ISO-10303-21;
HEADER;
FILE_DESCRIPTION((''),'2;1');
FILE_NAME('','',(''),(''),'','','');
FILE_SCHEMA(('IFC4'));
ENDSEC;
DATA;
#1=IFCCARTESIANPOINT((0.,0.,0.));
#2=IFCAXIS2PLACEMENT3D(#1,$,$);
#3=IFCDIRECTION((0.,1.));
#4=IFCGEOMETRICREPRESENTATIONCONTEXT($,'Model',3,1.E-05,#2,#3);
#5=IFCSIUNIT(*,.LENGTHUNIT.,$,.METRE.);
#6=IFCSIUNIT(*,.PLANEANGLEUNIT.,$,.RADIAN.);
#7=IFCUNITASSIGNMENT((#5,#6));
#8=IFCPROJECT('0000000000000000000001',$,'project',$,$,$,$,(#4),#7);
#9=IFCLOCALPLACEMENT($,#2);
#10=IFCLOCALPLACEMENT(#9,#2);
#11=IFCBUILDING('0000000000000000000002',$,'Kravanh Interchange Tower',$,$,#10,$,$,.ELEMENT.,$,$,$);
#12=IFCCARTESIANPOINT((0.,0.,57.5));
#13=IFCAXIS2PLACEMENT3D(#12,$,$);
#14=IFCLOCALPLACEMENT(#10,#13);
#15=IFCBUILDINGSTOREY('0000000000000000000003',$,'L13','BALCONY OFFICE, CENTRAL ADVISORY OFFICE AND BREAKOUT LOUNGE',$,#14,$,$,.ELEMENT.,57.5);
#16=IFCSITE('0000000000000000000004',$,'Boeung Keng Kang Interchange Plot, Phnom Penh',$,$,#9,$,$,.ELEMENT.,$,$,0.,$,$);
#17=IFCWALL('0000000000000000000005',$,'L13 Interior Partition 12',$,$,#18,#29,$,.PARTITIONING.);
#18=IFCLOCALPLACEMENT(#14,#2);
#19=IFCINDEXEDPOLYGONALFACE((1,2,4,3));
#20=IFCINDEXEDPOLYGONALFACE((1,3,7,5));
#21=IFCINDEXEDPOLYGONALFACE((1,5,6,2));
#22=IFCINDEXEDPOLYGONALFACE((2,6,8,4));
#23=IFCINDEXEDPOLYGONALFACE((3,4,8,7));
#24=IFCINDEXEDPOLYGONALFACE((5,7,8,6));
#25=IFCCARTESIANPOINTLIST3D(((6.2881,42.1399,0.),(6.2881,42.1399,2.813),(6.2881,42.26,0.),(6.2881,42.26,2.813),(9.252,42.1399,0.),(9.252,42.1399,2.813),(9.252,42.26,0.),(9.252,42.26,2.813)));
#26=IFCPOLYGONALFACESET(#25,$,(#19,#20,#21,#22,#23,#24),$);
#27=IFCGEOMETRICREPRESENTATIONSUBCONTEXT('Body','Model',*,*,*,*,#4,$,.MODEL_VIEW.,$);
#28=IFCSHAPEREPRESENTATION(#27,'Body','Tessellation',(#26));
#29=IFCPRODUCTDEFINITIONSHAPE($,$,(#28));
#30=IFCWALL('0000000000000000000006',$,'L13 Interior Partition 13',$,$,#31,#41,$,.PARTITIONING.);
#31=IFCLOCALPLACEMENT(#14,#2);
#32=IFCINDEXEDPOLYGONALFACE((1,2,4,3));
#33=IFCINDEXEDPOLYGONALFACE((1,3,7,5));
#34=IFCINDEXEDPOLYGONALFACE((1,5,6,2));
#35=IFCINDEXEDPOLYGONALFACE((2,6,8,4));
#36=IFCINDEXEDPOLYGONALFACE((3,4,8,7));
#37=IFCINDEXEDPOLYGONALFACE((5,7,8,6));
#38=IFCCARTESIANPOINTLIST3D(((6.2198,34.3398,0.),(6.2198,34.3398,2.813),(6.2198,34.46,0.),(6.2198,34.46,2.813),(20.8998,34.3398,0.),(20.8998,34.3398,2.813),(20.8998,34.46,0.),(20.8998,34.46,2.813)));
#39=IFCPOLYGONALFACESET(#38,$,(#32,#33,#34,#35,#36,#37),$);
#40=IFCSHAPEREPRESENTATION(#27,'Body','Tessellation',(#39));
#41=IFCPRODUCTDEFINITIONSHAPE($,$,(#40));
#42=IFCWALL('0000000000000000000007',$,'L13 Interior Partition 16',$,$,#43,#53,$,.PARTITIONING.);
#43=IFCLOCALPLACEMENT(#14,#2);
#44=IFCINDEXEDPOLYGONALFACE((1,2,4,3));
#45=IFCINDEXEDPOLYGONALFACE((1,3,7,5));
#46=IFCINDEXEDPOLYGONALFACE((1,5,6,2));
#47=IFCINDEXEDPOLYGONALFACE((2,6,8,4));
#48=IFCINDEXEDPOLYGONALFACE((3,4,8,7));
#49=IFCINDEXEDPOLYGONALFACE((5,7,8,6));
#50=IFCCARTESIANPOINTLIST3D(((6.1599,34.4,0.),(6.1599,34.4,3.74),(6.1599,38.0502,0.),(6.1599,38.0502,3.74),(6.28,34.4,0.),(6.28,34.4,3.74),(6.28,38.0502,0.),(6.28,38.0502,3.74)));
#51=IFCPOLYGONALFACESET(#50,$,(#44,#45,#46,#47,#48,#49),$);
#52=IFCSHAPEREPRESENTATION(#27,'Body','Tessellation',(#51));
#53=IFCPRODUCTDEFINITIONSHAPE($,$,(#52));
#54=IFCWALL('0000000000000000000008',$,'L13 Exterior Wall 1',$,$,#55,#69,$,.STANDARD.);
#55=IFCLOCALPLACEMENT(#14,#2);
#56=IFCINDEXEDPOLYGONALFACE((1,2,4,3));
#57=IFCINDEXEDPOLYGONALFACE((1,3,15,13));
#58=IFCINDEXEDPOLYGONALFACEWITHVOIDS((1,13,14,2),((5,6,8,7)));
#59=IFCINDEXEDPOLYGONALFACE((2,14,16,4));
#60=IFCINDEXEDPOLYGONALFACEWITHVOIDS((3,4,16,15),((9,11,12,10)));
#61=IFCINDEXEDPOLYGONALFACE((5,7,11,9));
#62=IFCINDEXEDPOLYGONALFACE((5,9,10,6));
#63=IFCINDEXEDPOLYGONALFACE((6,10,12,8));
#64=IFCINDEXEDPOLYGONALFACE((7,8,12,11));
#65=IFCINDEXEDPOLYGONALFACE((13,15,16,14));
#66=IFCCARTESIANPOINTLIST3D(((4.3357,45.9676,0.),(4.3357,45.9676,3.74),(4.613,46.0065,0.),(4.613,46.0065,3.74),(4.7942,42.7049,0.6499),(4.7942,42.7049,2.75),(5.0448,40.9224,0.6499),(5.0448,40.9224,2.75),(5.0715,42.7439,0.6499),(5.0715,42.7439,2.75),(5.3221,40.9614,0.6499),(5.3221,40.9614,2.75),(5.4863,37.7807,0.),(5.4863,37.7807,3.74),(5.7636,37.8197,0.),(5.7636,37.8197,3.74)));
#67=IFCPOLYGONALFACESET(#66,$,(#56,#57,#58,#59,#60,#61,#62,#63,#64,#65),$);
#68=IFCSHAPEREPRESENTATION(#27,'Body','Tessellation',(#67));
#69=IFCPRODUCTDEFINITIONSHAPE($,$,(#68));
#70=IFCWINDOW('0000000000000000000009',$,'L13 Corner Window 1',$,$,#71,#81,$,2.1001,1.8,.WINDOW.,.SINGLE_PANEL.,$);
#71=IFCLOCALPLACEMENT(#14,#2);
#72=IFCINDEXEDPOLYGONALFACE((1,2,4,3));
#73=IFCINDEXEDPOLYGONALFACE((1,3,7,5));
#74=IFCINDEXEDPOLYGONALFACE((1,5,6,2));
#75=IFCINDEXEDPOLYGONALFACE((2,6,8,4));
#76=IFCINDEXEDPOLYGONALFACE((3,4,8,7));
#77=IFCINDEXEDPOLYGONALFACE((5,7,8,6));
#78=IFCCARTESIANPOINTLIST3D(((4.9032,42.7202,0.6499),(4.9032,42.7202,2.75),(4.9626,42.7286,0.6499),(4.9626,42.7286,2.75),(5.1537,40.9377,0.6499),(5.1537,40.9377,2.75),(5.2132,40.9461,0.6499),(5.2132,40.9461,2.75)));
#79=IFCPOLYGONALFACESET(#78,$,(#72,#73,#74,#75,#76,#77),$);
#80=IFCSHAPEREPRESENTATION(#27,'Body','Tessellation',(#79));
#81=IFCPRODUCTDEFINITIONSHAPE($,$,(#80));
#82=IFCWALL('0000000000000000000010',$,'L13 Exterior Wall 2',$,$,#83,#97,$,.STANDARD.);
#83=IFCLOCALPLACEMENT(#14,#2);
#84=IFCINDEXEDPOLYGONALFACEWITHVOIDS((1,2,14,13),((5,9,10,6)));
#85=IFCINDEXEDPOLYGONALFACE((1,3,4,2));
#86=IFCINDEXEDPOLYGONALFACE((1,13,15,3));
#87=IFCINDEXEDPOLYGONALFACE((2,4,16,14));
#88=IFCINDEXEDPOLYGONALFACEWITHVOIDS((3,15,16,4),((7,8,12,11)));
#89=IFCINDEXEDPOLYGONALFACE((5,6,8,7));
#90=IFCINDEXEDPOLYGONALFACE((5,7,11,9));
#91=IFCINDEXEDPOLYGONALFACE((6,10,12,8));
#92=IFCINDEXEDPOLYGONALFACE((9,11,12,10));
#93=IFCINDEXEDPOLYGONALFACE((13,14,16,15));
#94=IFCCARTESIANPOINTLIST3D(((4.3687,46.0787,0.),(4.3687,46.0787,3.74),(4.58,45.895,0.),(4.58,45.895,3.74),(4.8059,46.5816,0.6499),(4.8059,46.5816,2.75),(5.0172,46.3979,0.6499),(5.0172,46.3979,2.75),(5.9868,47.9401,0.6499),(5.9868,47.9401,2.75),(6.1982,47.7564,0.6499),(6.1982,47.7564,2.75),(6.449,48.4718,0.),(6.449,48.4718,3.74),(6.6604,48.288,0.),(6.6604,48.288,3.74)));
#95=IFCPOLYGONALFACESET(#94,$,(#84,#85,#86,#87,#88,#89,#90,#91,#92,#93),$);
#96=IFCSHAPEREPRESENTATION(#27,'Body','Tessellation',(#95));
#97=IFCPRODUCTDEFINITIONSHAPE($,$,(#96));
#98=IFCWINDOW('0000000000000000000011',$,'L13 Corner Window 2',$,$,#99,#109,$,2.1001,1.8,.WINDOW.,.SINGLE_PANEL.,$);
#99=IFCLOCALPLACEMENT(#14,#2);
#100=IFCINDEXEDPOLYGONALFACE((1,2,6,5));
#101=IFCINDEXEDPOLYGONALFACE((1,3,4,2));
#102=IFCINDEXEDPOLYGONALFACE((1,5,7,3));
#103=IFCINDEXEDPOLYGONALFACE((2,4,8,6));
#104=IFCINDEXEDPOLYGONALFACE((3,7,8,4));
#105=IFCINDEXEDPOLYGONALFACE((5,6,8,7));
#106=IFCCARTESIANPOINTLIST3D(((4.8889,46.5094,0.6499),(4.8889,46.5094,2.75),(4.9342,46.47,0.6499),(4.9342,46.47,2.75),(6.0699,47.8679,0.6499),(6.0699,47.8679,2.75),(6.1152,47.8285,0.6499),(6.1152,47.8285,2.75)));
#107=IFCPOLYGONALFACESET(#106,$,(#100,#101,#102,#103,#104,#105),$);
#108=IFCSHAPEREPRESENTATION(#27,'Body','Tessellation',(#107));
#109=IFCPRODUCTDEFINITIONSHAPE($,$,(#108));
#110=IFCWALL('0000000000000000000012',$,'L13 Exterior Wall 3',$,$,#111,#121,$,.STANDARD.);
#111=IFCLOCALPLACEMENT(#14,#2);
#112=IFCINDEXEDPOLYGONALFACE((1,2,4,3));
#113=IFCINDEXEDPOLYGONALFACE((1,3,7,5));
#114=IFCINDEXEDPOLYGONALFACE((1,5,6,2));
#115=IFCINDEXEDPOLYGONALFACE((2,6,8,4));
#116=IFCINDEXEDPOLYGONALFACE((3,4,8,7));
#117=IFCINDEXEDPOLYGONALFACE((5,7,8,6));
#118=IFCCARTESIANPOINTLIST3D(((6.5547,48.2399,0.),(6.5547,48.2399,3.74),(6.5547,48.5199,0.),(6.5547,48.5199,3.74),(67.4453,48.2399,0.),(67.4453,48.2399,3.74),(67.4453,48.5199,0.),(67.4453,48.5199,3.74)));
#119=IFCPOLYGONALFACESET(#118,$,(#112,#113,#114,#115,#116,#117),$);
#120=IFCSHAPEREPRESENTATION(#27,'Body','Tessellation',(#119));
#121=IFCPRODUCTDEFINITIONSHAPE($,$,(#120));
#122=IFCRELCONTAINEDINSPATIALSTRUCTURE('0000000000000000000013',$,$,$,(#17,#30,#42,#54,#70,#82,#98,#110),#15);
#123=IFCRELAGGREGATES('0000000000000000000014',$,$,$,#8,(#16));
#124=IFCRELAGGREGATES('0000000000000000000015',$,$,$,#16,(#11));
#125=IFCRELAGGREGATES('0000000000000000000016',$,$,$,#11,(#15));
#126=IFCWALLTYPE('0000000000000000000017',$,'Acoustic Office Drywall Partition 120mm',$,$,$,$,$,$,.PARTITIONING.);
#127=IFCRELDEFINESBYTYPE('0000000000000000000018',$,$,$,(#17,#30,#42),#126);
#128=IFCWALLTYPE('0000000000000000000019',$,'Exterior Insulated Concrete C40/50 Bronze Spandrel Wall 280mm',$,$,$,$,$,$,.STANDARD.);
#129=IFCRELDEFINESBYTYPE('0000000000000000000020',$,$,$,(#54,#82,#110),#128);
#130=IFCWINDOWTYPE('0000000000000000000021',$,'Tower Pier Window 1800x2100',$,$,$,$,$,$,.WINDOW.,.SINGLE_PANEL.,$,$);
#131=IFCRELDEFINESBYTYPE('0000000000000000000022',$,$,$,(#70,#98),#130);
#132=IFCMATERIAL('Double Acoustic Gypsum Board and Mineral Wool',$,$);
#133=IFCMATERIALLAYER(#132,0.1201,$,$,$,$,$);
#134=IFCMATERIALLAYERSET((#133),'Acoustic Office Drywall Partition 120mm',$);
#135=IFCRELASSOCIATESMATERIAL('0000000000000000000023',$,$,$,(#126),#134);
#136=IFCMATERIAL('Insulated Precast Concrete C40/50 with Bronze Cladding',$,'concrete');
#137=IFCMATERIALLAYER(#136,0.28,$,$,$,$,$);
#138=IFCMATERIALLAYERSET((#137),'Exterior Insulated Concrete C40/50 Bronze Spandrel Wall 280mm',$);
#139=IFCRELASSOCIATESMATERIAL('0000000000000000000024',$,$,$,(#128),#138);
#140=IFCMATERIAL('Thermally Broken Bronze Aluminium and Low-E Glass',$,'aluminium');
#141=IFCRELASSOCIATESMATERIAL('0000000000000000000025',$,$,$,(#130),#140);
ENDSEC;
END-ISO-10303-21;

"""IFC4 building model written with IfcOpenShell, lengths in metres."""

from ifc_helpers import new_model, si_unit, direction, frame, frame_2d, origin, place, context, subcontext, project, spatial, rectangle, extrude, material, layer, layer_set, type_object, element, fill, save


model = new_model("IFC4")

# Units and contexts
model_context = context("Model", 3, precision=1e-05, world=origin(), true_north=direction((0.0, 1.0)))
body_context = subcontext(model_context, "Body", "Model", "MODEL_VIEW")
ifc_project = project(units=[si_unit("LENGTHUNIT", "METRE"), si_unit("PLANEANGLEUNIT", "RADIAN")], contexts=[model_context])

# Site, building, storey
site_placement = place(None, origin())
site = spatial("IfcSite", under=ifc_project, at=site_placement, Name="Boeung Keng Kang Interchange Plot, Phnom Penh", CompositionType="ELEMENT", RefElevation=0.0)
building_placement = place(site_placement, origin())
building = spatial("IfcBuilding", under=site, at=building_placement, Name="Kravanh Interchange Tower", CompositionType="ELEMENT")
storey_placement = place(building_placement, frame((0.0, 0.0, 57.5)))
storey = spatial("IfcBuildingStorey", under=building, at=storey_placement, Name="L13", Description="BALCONY OFFICE, CENTRAL ADVISORY OFFICE AND BREAKOUT LOUNGE", CompositionType="ELEMENT", Elevation=57.5)

# Shared definitions
ifc_material_1 = material(Name="Double Acoustic Gypsum Board and Mineral Wool")
ifc_layer_1 = layer(ifc_material_1, 0.1201)
ifc_layer_set_1 = layer_set([ifc_layer_1], Name="Acoustic Office Drywall Partition 120mm")
wall_type_1 = type_object("IfcWallType", Name="Acoustic Office Drywall Partition 120mm", PredefinedType="PARTITIONING", material=ifc_layer_set_1)

# Walls
wall_1_placement = place(storey_placement, frame((6.2881, 42.2, 0.0), z_axis=(0.0, 0.0, 1.0), x_axis=(1.0, 0.0, 0.0)))
element("IfcWall", 1, at=wall_1_placement, inside=storey, type_object=wall_type_1, Name="L13 Interior Partition 12", PredefinedType="PARTITIONING", context=body_context, shape_type="SweptSolid", body=[
    extrude(rectangle(XDim=2.9639, YDim=0.1201, at=frame_2d((1.4819, 0.0))), origin(), (0.0, 0.0, 1.0), 2.813),
])
wall_2_placement = place(storey_placement, frame((6.22, 34.3999, 0.0), z_axis=(0.0, 0.0, 1.0), x_axis=(1.0, 0.0, 0.0)))
element("IfcWall", 2, at=wall_2_placement, inside=storey, type_object=wall_type_1, Name="L13 Interior Partition 13", PredefinedType="PARTITIONING", context=body_context, shape_type="SweptSolid", body=[
    extrude(rectangle(XDim=14.6799, YDim=0.1201, at=frame_2d((7.3398, 0.0))), origin(), (0.0, 0.0, 1.0), 2.813),
])
wall_3_placement = place(storey_placement, frame((6.22, 34.3999, 0.0), z_axis=(0.0, 0.0, 1.0), x_axis=(0.0, 1.0, 0.0)))
element("IfcWall", 3, at=wall_3_placement, inside=storey, type_object=wall_type_1, Name="L13 Interior Partition 16", PredefinedType="PARTITIONING", context=body_context, shape_type="SweptSolid", body=[
    extrude(rectangle(XDim=3.6501, YDim=0.1201, at=frame_2d((1.8252, 0.0))), origin(), (0.0, 0.0, 1.0), 3.74),
])

# Walls, openings, windows
ifc_material_2 = material(Name="Insulated Precast Concrete C40/50 with Bronze Cladding", Category="concrete")
ifc_layer_2 = layer(ifc_material_2, 0.28)
ifc_layer_set_2 = layer_set([ifc_layer_2], Name="Exterior Insulated Concrete C40/50 Bronze Spandrel Wall 280mm")
wall_type_2 = type_object("IfcWallType", Name="Exterior Insulated Concrete C40/50 Bronze Spandrel Wall 280mm", PredefinedType="STANDARD", material=ifc_layer_set_2)
wall_4_placement = place(storey_placement, frame((5.625, 37.8, 0.0), z_axis=(0.0, 0.0, 1.0), x_axis=(-0.13918, 0.990267, 0.0)))
wall_4 = element("IfcWall", 4, at=wall_4_placement, inside=storey, type_object=wall_type_2, Name="L13 Exterior Wall 1", PredefinedType="STANDARD", context=body_context, shape_type="SweptSolid", body=[
    extrude(rectangle(XDim=8.2673, YDim=0.28, at=frame_2d((4.1338, 0.0))), origin(), (0.0, 0.0, 1.0), 3.74),
])
opening_1_placement = place(wall_4_placement, frame((3.1729, 0.0, 0.6499)))
opening_1 = element("IfcOpeningElement", 5, at=opening_1_placement, cuts=wall_4, PredefinedType="OPENING", context=body_context, shape_type="SweptSolid", body=[
    extrude(rectangle(XDim=1.8, YDim=2.1001, at=frame_2d((0.8999, 1.05))), frame((0.0, 0.1499, 0.0), z_axis=(0.0, -1.0, 0.0), x_axis=(1.0, 0.0, 0.0)), (0.0, 0.0, 1.0), 0.3),
])
ifc_material_3 = material(Name="Thermally Broken Bronze Aluminium and Low-E Glass", Category="aluminium")
window_type = type_object("IfcWindowType", Name="Tower Pier Window 1800x2100", PartitioningType="SINGLE_PANEL", PredefinedType="WINDOW", material=ifc_material_3)
window_1_placement = place(opening_1_placement, origin())
window_1 = element("IfcWindow", 6, at=window_1_placement, inside=storey, type_object=window_type, Name="L13 Corner Window 1", OverallHeight=2.1001, OverallWidth=1.8, PartitioningType="SINGLE_PANEL", PredefinedType="WINDOW", context=body_context, shape_type="SweptSolid", body=[
    extrude(rectangle(XDim=1.8, YDim=2.1001, at=frame_2d((0.8999, 1.05))), frame((0.0, 0.03, 0.0), z_axis=(0.0, -1.0, 0.0), x_axis=(1.0, 0.0, 0.0)), (0.0, 0.0, 1.0), 0.0601),
])
fill(opening_1, window_1)
wall_5_placement = place(storey_placement, frame((4.4744, 45.9868, 0.0), z_axis=(0.0, 0.0, 1.0), x_axis=(0.65607, 0.7547, 0.0)))
wall_5 = element("IfcWall", 7, at=wall_5_placement, inside=storey, type_object=wall_type_2, Name="L13 Exterior Wall 2", PredefinedType="STANDARD", context=body_context, shape_type="SweptSolid", body=[
    extrude(rectangle(XDim=3.1709, YDim=0.28, at=frame_2d((1.5854, 0.0))), origin(), (0.0, 0.0, 1.0), 3.74),
])
opening_2_placement = place(wall_5_placement, frame((0.6665, 0.0, 0.6499)))
opening_2 = element("IfcOpeningElement", 8, at=opening_2_placement, cuts=wall_5, PredefinedType="OPENING", context=body_context, shape_type="SweptSolid", body=[
    extrude(rectangle(XDim=1.8, YDim=2.1001, at=frame_2d((0.8999, 1.05))), frame((0.0, 0.1499, 0.0), z_axis=(0.0, -1.0, 0.0), x_axis=(1.0, 0.0, 0.0)), (0.0, 0.0, 1.0), 0.3),
])
window_2_placement = place(opening_2_placement, origin())
window_2 = element("IfcWindow", 9, at=window_2_placement, inside=storey, type_object=window_type, Name="L13 Corner Window 2", OverallHeight=2.1001, OverallWidth=1.8, PartitioningType="SINGLE_PANEL", PredefinedType="WINDOW", context=body_context, shape_type="SweptSolid", body=[
    extrude(rectangle(XDim=1.8, YDim=2.1001, at=frame_2d((0.8999, 1.05))), frame((0.0, 0.03, 0.0), z_axis=(0.0, -1.0, 0.0), x_axis=(1.0, 0.0, 0.0)), (0.0, 0.0, 1.0), 0.0601),
])
fill(opening_2, window_2)

# Wall
wall_6_placement = place(storey_placement, frame((6.5547, 48.3799, 0.0), z_axis=(0.0, 0.0, 1.0), x_axis=(1.0, 0.0, 0.0)))
element("IfcWall", 10, at=wall_6_placement, inside=storey, type_object=wall_type_2, Name="L13 Exterior Wall 3", PredefinedType="STANDARD", context=body_context, shape_type="SweptSolid", body=[
    extrude(rectangle(XDim=60.8906, YDim=0.28, at=frame_2d((30.4453, 0.0))), origin(), (0.0, 0.0, 1.0), 3.74),
])

save(model, "model.ifc")
